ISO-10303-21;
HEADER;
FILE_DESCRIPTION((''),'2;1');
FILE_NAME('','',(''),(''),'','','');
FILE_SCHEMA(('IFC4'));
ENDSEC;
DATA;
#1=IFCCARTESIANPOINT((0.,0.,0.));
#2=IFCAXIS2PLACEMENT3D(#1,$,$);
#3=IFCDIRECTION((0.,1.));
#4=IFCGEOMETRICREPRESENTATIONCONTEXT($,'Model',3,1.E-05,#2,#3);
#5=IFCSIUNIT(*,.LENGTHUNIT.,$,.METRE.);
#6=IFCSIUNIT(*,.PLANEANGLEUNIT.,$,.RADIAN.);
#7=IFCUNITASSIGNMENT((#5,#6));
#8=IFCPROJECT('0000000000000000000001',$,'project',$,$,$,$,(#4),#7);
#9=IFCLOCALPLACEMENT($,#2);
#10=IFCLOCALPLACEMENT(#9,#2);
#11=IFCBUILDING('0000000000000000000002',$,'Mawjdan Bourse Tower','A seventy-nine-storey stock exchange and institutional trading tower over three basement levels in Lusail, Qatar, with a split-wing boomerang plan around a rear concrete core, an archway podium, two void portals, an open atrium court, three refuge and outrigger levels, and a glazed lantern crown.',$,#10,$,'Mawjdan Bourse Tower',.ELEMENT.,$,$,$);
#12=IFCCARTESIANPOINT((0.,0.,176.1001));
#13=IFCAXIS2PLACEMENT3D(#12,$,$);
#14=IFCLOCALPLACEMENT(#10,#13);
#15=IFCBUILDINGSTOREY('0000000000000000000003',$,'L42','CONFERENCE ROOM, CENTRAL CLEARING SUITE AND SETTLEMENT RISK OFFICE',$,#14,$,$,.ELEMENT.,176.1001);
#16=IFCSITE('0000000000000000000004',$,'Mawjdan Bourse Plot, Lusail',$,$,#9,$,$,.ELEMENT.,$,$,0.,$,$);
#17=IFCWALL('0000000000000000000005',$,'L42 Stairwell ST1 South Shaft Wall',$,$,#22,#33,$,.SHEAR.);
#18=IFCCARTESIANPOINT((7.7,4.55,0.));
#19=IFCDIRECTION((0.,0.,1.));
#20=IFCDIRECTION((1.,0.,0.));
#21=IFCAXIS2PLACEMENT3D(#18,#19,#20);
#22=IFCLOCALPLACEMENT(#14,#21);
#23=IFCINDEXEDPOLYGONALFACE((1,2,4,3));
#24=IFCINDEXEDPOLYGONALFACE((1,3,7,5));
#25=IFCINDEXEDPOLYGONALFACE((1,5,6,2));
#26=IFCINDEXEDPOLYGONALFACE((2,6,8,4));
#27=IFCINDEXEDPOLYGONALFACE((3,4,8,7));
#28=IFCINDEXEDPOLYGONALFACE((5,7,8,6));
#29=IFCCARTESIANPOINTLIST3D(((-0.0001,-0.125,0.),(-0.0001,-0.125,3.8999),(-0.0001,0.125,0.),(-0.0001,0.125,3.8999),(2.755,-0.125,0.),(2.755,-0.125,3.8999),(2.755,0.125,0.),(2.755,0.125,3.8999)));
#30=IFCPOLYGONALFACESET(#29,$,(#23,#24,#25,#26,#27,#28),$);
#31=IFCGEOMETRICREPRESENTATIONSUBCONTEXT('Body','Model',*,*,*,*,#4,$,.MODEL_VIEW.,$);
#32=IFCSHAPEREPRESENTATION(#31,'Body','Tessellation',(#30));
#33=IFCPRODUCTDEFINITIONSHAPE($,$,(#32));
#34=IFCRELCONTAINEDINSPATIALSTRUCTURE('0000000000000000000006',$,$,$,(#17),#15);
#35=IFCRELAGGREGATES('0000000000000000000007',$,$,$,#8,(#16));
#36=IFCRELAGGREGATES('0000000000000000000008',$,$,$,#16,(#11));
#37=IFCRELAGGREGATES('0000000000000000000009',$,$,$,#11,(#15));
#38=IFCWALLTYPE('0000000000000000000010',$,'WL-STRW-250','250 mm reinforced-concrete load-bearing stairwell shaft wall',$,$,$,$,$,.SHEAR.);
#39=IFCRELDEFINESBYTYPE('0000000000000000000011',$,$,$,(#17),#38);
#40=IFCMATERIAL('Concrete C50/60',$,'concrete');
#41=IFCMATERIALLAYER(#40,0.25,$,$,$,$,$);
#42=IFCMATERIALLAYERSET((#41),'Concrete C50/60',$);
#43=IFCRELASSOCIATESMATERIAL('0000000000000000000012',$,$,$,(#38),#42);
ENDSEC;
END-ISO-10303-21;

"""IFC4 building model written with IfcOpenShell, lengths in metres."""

from ifc_helpers import new_model, si_unit, direction, frame, frame_2d, origin, place, context, subcontext, project, spatial, rectangle, extrude, material, layer, layer_set, type_object, element, save


model = new_model("IFC4")

# Units and contexts
model_context = context("Model", 3, precision=1e-05, world=origin(), true_north=direction((0.0, 1.0)))
body_context = subcontext(model_context, "Body", "Model", "MODEL_VIEW")
ifc_project = project(units=[si_unit("LENGTHUNIT", "METRE"), si_unit("PLANEANGLEUNIT", "RADIAN")], contexts=[model_context])

# Site, building, storey
site_placement = place(None, origin())
site = spatial("IfcSite", under=ifc_project, at=site_placement, Name="Mawjdan Bourse Plot, Lusail", CompositionType="ELEMENT", RefElevation=0.0)
building_placement = place(site_placement, origin())
building = spatial("IfcBuilding", under=site, at=building_placement, Name="Mawjdan Bourse Tower", Description="A seventy-nine-storey stock exchange and institutional trading tower over three basement levels in Lusail, Qatar, with a split-wing boomerang plan around a rear concrete core, an archway podium, two void portals, an open atrium court, three refuge and outrigger levels, and a glazed lantern crown.", LongName="Mawjdan Bourse Tower", CompositionType="ELEMENT")
storey_placement = place(building_placement, frame((0.0, 0.0, 176.1001)))
storey = spatial("IfcBuildingStorey", under=building, at=storey_placement, Name="L42", Description="CONFERENCE ROOM, CENTRAL CLEARING SUITE AND SETTLEMENT RISK OFFICE", CompositionType="ELEMENT", Elevation=176.1001)

# Shared definitions
ifc_material_1 = material(Name="Concrete C50/60", Category="concrete")

# Wall
ifc_layer_1 = layer(ifc_material_1, 0.25)
ifc_layer_set_1 = layer_set([ifc_layer_1], Name="Concrete C50/60")
wall_type_1 = type_object("IfcWallType", Name="WL-STRW-250", Description="250 mm reinforced-concrete load-bearing stairwell shaft wall", PredefinedType="SHEAR", material=ifc_layer_set_1)
wall_1_placement = place(storey_placement, frame((7.7, 4.55, 0.0), z_axis=(0.0, 0.0, 1.0), x_axis=(1.0, 0.0, 0.0)))
element("IfcWall", 1, at=wall_1_placement, inside=storey, type_object=wall_type_1, Name="L42 Stairwell ST1 South Shaft Wall", PredefinedType="SHEAR", context=body_context, shape_type="SweptSolid", body=[
    extrude(rectangle(XDim=2.7551, YDim=0.25, at=frame_2d((1.3774, 0.0))), origin(), (0.0, 0.0, 1.0), 3.8999),
])

save(model, "model.ifc")
